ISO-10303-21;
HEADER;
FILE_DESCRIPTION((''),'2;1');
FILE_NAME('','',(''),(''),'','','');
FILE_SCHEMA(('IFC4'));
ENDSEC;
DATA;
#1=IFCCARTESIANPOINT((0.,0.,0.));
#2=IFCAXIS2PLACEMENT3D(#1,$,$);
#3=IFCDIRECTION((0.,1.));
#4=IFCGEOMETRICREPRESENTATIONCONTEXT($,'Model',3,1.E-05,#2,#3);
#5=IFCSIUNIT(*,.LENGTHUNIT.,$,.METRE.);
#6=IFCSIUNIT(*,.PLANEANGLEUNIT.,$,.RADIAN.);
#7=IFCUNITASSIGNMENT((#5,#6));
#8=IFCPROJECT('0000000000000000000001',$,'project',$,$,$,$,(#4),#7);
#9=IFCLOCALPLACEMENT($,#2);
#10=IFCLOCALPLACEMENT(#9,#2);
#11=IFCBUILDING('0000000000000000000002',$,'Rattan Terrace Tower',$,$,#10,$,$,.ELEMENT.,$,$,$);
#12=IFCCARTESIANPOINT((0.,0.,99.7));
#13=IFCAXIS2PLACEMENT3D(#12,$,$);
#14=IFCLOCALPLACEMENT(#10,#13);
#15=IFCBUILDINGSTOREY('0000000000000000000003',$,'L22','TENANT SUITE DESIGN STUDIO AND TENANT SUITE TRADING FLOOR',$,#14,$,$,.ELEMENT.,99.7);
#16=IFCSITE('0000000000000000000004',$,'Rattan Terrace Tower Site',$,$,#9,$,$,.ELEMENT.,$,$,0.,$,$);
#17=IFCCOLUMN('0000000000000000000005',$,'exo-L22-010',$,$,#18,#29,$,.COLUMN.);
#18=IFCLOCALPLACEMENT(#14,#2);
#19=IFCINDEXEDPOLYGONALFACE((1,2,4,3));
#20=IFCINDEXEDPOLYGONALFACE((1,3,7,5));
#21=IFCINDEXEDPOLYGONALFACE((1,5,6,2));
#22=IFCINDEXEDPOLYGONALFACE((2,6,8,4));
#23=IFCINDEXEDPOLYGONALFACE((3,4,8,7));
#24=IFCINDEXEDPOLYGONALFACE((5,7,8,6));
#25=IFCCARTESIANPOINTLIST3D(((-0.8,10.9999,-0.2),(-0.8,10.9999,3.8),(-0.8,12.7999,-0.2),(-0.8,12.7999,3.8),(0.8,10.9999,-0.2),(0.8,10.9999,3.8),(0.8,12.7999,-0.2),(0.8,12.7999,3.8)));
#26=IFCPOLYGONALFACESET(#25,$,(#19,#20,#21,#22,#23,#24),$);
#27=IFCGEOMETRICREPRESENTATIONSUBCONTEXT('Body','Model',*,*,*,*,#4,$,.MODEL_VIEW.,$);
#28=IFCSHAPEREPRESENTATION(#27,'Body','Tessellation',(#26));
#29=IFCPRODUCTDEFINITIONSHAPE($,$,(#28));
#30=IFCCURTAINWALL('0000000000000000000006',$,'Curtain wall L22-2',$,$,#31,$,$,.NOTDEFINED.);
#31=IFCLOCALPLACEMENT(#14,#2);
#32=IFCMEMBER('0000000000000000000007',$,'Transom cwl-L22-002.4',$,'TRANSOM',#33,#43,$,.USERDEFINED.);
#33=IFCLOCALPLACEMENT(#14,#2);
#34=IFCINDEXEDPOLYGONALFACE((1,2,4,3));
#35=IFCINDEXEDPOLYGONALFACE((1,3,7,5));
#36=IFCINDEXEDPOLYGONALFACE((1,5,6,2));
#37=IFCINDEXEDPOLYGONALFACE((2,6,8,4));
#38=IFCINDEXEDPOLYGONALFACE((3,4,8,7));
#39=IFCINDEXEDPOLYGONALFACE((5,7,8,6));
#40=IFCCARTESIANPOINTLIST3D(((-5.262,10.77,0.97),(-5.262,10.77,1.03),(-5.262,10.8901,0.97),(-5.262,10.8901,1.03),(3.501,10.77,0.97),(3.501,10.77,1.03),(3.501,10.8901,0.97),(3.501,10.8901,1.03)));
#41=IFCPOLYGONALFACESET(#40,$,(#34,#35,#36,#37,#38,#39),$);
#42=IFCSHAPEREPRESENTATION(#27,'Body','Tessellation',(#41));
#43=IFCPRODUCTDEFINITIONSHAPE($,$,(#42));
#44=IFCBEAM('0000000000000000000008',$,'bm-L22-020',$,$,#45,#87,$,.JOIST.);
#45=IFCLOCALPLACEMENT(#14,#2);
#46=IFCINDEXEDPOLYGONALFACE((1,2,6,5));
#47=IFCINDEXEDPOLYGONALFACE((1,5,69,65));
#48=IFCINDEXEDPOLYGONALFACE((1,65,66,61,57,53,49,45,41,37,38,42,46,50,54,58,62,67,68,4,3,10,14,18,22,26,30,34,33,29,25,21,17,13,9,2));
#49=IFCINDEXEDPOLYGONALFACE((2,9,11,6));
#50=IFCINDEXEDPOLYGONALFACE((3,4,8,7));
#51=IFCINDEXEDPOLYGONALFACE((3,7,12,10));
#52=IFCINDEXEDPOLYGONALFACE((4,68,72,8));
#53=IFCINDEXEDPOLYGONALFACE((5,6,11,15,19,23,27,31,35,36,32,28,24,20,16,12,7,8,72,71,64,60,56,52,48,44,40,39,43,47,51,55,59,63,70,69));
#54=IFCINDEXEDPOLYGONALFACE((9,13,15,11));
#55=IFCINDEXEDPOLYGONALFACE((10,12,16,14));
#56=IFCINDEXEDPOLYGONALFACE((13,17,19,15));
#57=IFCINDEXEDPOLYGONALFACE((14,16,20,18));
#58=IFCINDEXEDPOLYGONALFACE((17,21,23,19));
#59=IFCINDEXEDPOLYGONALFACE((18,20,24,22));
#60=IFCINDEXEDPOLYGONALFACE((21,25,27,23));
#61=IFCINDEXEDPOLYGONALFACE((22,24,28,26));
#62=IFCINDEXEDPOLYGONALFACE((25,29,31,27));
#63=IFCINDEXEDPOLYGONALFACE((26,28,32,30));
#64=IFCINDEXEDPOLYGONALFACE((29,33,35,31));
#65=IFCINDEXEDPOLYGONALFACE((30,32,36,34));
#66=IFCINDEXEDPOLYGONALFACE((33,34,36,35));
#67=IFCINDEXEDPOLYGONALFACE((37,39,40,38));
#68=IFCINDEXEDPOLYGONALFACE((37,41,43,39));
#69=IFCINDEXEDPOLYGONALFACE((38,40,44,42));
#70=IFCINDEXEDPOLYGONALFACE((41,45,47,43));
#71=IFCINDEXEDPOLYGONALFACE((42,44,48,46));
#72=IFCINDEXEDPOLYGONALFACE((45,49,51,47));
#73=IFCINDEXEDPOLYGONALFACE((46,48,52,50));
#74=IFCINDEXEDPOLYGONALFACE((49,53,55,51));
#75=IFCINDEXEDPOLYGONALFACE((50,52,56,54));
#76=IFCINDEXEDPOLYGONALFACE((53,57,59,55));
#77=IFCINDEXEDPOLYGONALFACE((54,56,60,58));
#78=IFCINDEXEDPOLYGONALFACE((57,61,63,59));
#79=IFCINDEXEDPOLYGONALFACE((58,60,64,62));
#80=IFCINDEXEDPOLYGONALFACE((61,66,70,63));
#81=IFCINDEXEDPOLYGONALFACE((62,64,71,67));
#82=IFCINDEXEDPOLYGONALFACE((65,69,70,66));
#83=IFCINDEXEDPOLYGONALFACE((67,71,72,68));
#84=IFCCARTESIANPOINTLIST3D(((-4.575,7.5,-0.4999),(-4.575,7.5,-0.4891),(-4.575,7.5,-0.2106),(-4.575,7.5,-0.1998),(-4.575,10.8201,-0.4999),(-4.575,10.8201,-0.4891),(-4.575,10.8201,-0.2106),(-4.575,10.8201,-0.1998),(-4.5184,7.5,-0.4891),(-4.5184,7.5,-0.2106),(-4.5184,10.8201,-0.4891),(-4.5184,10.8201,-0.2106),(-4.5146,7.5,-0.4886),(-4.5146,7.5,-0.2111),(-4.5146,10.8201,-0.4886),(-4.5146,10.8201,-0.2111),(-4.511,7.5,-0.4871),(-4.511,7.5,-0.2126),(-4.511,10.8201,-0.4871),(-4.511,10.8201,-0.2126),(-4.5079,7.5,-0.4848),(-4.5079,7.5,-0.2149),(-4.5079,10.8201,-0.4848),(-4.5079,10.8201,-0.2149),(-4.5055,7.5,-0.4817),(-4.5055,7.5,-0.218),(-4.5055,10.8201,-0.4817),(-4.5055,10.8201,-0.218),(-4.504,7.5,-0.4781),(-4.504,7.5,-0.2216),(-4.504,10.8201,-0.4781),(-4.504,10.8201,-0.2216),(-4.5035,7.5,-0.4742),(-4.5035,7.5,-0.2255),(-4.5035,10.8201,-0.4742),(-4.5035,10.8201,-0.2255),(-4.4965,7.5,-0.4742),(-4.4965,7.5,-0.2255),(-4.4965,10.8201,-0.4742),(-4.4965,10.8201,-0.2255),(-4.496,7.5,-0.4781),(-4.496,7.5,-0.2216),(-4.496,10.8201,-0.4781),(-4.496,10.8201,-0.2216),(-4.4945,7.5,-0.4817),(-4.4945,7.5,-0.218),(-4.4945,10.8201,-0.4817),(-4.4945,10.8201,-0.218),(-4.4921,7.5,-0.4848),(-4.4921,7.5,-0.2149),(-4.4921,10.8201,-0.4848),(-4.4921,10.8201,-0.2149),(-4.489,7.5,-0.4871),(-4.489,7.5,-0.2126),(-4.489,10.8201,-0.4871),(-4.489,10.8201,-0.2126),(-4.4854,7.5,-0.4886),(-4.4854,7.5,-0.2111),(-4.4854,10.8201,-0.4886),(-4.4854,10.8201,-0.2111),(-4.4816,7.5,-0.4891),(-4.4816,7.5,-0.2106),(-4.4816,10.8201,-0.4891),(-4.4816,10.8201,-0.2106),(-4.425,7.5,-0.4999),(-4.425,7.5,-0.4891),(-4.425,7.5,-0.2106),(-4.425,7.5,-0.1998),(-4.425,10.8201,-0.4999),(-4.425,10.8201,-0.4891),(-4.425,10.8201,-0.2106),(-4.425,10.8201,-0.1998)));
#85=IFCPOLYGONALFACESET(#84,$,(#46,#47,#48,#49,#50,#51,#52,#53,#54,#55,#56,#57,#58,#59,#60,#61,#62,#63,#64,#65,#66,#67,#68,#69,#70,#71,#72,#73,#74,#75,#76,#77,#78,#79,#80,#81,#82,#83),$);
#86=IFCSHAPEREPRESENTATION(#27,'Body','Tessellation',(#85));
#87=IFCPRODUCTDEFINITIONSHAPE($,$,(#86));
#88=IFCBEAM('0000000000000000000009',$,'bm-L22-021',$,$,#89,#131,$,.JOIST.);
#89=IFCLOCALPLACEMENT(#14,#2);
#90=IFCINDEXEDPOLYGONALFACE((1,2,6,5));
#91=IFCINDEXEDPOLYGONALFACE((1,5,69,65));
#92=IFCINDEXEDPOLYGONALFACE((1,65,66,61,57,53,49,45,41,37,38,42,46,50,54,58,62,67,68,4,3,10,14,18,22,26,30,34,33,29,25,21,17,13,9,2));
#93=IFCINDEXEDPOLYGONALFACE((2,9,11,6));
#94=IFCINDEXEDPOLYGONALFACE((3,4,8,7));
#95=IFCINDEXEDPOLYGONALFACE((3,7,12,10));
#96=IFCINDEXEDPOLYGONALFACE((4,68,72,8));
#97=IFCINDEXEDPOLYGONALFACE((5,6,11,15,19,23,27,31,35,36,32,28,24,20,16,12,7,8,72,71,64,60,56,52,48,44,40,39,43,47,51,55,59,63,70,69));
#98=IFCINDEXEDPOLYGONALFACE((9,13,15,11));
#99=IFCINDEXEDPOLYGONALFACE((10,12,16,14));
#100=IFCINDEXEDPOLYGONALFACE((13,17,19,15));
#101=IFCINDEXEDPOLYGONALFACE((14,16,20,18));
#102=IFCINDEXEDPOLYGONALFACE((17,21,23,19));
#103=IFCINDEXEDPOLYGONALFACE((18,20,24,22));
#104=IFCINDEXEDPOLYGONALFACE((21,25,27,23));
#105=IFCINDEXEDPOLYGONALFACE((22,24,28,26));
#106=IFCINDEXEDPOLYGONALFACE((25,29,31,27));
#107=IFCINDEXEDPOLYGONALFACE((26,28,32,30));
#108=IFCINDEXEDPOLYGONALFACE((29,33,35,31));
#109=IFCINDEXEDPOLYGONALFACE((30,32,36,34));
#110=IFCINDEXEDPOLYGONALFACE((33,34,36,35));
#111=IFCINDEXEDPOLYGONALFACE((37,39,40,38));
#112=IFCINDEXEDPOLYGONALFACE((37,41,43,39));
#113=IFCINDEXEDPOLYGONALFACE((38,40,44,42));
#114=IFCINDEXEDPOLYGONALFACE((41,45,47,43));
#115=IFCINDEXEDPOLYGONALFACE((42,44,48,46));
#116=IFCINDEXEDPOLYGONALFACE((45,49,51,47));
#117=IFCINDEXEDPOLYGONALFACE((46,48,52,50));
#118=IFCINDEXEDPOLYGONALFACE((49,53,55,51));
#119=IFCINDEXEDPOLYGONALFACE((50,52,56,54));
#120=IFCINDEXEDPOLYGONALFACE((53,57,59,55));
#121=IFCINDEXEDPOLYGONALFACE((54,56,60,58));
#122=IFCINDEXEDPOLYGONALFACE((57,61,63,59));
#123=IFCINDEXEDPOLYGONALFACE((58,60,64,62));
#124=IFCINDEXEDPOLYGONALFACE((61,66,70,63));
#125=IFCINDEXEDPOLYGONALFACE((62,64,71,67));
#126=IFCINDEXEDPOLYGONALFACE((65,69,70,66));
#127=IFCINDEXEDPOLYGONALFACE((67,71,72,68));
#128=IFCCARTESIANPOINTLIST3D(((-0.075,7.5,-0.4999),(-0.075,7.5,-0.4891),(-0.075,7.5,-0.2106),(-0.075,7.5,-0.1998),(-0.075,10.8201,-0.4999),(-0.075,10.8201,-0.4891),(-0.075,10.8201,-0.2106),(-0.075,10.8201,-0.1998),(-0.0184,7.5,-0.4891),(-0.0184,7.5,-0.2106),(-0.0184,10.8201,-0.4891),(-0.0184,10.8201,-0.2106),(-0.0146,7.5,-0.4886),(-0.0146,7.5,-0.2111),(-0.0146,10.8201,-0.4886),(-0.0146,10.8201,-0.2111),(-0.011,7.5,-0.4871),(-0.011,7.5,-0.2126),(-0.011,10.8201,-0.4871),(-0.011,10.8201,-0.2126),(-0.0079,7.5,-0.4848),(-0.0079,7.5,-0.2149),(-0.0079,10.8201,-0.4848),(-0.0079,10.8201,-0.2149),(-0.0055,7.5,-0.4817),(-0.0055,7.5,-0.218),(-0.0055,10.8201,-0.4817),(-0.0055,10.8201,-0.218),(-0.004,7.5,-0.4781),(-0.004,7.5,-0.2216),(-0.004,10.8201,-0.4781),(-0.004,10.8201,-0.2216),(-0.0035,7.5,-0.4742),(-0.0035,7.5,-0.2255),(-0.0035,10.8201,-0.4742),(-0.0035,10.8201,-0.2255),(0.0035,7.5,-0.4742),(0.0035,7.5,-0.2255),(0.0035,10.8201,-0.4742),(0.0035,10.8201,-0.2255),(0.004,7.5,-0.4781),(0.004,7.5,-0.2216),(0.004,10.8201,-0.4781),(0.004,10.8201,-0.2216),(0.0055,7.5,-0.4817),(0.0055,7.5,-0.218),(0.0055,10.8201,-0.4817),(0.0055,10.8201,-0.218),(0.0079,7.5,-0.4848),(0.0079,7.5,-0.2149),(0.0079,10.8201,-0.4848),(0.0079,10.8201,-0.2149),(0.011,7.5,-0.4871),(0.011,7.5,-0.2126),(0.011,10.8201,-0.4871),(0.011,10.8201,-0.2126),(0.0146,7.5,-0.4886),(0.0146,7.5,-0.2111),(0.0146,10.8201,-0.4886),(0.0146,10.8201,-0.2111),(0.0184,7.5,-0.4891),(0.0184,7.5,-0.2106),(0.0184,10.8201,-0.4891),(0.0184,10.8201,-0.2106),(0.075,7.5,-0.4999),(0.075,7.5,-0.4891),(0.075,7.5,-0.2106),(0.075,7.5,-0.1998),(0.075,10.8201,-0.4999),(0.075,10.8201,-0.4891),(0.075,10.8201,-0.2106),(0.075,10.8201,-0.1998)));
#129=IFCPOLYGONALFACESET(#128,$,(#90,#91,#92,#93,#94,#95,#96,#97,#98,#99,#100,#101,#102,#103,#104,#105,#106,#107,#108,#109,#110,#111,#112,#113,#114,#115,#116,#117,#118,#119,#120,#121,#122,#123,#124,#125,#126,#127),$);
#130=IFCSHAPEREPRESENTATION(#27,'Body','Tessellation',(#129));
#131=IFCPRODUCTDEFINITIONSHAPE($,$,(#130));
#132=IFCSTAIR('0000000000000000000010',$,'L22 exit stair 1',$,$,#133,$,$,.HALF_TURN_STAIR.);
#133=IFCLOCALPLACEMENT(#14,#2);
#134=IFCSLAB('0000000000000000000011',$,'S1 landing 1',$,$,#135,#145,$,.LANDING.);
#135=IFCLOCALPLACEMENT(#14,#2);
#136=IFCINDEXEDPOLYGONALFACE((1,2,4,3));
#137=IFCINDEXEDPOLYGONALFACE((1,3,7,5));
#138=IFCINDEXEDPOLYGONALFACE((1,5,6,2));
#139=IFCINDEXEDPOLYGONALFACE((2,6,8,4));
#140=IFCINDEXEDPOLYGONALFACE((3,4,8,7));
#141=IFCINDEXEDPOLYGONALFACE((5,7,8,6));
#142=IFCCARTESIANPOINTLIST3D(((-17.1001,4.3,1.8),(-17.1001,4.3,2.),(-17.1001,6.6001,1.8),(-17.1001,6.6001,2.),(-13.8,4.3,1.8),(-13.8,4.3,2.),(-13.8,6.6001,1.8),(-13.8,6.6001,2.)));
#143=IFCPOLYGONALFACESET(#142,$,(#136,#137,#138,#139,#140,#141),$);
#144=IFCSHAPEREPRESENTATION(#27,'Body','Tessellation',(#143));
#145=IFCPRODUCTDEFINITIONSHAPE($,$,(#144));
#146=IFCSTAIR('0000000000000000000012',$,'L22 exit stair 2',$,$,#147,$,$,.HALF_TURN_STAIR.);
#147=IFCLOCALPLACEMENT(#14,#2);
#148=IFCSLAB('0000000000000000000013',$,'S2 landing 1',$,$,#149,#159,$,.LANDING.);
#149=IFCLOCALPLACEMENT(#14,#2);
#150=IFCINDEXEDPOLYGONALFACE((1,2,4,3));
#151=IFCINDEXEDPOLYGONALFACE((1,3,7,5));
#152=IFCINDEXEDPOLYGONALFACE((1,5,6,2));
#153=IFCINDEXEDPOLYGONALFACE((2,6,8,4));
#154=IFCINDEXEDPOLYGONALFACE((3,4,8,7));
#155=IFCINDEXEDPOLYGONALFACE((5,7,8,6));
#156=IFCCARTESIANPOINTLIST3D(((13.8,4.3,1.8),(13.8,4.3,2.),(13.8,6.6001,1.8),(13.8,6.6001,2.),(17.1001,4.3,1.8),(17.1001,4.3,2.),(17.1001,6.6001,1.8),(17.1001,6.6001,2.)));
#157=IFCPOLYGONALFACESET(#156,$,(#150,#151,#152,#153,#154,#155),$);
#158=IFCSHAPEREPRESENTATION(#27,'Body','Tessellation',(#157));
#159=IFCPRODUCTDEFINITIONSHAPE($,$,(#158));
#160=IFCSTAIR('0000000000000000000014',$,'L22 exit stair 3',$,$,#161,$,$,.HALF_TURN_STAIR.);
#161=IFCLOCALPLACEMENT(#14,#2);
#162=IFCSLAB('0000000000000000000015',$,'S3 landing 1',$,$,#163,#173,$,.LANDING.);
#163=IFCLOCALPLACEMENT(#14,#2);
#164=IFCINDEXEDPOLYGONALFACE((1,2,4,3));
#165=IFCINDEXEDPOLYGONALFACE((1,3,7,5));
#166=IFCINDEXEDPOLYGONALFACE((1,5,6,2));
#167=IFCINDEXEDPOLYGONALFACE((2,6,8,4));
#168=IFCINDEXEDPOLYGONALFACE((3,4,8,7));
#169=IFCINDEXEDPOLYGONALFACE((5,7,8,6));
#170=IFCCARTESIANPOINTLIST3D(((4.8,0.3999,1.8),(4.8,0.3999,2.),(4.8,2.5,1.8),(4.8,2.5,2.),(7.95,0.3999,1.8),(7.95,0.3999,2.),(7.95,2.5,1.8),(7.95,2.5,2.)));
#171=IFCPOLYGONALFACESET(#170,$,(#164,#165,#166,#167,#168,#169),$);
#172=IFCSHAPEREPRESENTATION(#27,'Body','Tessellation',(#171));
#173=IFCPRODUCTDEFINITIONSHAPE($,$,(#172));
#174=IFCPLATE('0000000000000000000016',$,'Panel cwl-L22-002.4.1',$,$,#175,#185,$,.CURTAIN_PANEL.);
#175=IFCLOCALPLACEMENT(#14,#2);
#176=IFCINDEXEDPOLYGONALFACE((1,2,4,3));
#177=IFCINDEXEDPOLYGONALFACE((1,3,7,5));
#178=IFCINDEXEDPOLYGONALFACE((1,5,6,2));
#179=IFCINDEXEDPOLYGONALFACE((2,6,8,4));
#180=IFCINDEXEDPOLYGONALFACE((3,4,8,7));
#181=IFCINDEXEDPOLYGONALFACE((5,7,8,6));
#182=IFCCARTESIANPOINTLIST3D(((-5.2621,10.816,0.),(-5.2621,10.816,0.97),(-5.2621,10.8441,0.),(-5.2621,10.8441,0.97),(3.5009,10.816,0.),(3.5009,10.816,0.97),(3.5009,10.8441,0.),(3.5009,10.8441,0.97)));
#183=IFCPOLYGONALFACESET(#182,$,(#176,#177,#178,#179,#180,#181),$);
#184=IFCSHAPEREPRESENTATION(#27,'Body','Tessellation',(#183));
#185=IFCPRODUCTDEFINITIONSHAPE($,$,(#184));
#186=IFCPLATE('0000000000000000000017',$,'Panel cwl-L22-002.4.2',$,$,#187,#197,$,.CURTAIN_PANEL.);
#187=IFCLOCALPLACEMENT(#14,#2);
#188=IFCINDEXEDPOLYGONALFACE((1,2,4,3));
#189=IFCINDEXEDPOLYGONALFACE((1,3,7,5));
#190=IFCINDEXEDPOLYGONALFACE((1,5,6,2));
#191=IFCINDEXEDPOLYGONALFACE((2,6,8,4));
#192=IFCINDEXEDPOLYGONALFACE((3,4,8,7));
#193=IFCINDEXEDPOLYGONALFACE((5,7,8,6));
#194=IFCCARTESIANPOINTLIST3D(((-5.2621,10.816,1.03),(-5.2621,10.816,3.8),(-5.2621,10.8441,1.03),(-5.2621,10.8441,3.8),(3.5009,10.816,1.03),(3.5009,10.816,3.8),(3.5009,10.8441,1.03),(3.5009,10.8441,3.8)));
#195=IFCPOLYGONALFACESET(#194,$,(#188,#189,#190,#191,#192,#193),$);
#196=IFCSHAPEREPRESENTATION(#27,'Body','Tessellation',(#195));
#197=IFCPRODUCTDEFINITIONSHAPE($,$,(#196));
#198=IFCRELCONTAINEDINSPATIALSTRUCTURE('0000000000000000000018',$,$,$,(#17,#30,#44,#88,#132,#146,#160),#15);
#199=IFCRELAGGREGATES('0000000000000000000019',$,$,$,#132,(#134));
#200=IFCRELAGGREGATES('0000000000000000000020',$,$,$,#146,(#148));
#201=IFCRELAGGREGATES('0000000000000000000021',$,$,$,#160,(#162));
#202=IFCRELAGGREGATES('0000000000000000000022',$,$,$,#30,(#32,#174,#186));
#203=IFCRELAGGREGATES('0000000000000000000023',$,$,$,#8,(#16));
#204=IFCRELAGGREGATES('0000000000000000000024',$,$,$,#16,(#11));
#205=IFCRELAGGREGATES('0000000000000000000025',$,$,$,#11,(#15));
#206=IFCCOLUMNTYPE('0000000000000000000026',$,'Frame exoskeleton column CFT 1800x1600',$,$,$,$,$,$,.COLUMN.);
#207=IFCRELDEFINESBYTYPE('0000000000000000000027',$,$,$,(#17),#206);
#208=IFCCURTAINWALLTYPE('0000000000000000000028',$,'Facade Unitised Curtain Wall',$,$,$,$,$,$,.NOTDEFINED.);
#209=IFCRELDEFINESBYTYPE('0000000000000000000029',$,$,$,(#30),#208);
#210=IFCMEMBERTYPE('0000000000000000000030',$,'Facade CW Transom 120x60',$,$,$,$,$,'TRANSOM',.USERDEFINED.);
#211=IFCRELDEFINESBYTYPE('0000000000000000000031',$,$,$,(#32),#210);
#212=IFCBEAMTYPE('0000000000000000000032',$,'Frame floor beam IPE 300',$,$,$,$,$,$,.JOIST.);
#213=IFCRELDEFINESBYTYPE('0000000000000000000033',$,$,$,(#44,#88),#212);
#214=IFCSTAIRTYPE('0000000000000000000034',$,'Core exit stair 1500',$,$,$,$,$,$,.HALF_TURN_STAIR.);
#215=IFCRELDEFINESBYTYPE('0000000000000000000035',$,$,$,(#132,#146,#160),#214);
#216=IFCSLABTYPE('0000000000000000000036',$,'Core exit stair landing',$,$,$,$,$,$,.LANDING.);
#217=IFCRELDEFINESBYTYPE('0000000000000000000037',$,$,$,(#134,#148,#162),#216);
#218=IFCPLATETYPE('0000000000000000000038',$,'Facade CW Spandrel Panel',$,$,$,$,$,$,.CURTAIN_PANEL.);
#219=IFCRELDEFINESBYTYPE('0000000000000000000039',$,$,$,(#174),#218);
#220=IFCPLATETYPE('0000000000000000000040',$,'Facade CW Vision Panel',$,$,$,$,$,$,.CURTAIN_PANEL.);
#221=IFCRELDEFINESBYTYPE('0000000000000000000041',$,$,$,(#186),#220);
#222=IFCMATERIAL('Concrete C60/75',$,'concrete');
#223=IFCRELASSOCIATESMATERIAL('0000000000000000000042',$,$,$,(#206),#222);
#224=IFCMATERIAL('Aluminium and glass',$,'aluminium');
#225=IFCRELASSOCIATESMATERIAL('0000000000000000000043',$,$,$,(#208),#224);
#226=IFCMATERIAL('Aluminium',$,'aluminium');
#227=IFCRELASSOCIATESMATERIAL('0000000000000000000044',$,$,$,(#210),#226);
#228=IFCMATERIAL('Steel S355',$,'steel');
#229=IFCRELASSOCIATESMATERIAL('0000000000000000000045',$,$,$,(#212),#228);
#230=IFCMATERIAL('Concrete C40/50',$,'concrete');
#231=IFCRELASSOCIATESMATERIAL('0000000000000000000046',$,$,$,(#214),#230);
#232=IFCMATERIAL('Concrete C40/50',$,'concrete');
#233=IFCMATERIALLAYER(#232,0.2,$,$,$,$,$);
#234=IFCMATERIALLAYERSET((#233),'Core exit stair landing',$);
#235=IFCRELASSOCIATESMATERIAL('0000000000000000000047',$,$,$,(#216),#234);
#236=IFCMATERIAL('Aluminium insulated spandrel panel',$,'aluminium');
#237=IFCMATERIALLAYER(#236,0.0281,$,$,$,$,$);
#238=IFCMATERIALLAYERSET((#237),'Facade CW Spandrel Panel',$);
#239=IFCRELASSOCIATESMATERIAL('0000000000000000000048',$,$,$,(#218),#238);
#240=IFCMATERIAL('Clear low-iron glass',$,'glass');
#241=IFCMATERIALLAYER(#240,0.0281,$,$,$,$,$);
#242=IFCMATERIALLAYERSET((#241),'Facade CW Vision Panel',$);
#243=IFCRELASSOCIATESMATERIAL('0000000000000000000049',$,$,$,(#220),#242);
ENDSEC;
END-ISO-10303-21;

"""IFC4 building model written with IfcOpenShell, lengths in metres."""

from ifc_helpers import new_model, si_unit, direction, frame, origin, origin_2d, place, context, subcontext, project, spatial, polyline, rectangle, i_section, outline, extrude, material, layer, layer_set, material_profile, profile_set, type_object, element, aggregate, save


model = new_model("IFC4")

# Units and contexts
model_context = context("Model", 3, precision=1e-05, world=origin(), true_north=direction((0.0, 1.0)))
body_context = subcontext(model_context, "Body", "Model", "MODEL_VIEW")
ifc_project = project(units=[si_unit("LENGTHUNIT", "METRE"), si_unit("PLANEANGLEUNIT", "RADIAN")], contexts=[model_context])

# Site, building, storey
site_placement = place(None, origin())
site = spatial("IfcSite", under=ifc_project, at=site_placement, Name="Rattan Terrace Tower Site", CompositionType="ELEMENT", RefElevation=0.0)
building_placement = place(site_placement, origin())
building = spatial("IfcBuilding", under=site, at=building_placement, Name="Rattan Terrace Tower", CompositionType="ELEMENT")
storey_placement = place(building_placement, frame((0.0, 0.0, 99.7)))
storey = spatial("IfcBuildingStorey", under=building, at=storey_placement, Name="L22", Description="TENANT SUITE DESIGN STUDIO AND TENANT SUITE TRADING FLOOR", CompositionType="ELEMENT", Elevation=99.7)

# Column
ifc_material_1 = material(Name="Concrete C60/75", Category="concrete")
ifc_material_profile_1 = material_profile(ifc_material_1, rectangle(XDim=1.6001, YDim=1.8, at=origin_2d()), Name="CFT 1800x1600")
ifc_profile_set_1 = profile_set([ifc_material_profile_1], Name="Concrete C60/75")
column_type = type_object("IfcColumnType", Name="Frame exoskeleton column CFT 1800x1600", PredefinedType="COLUMN", material=ifc_profile_set_1)
column_placement = place(storey_placement, frame((0.0, 11.8999, -0.2), z_axis=(0.0, 0.0, 1.0), x_axis=(1.0, 0.0, 0.0)))
element("IfcColumn", 1, at=column_placement, inside=storey, type_object=column_type, Name="exo-L22-010", PredefinedType="COLUMN", context=body_context, shape_type="SweptSolid", body=[
    extrude(rectangle(XDim=1.6001, YDim=1.8, at=origin_2d()), origin(), (0.0, 0.0, 1.0), 4.0),
])

# Curtain wall, member
ifc_material_2 = material(Name="Aluminium and glass", Category="aluminium")
curtain_wall_type = type_object("IfcCurtainWallType", Name="Facade Unitised Curtain Wall", PredefinedType="NOTDEFINED", material=ifc_material_2)
curtain_wall_placement = place(storey_placement, origin())
curtain_wall = element("IfcCurtainWall", 2, at=curtain_wall_placement, inside=storey, type_object=curtain_wall_type, Name="Curtain wall L22-2", PredefinedType="NOTDEFINED")
ifc_material_3 = material(Name="Aluminium", Category="aluminium")
ifc_material_profile_2 = material_profile(ifc_material_3, rectangle(XDim=0.1201, YDim=0.0601, at=origin_2d()), Name="Aluminium 120x60")
ifc_profile_set_2 = profile_set([ifc_material_profile_2], Name="Aluminium")
member_type = type_object("IfcMemberType", Name="Facade CW Transom 120x60", ElementType="TRANSOM", PredefinedType="USERDEFINED", material=ifc_profile_set_2)
member_placement = place(storey_placement, frame((3.501, 10.8301, 1.0), z_axis=(-1.0, 0.0, 0.0), x_axis=(0.0, -1.0, 0.0)))
member = element("IfcMember", 3, at=member_placement, type_object=member_type, Name="Transom cwl-L22-002.4", ObjectType="TRANSOM", PredefinedType="USERDEFINED", context=body_context, shape_type="SweptSolid", body=[
    extrude(rectangle(XDim=0.1201, YDim=0.0601, at=origin_2d()), origin(), (0.0, 0.0, 1.0), 8.7629),
])

# Beams
ifc_material_4 = material(Name="Steel S355", Category="steel")
ifc_material_profile_3 = material_profile(ifc_material_4, i_section(OverallWidth=0.1499, OverallDepth=0.3, WebThickness=0.0071, FlangeThickness=0.0107, FilletRadius=0.0149, at=origin_2d()), Name="IPE 300")
ifc_profile_set_3 = profile_set([ifc_material_profile_3], Name="Steel S355")
beam_type = type_object("IfcBeamType", Name="Frame floor beam IPE 300", PredefinedType="JOIST", material=ifc_profile_set_3)
for number, where, z_axis, x_axis, name in (
    (4, (-4.5, 7.5, -0.3499), (0.0, 1.0, 0.0), (-1.0, 0.0, 0.0), "bm-L22-020"),
    (5, (0.0, 7.5, -0.3499), (0.0, 1.0, 0.0), (-1.0, 0.0, 0.0), "bm-L22-021"),
):
    element("IfcBeam", number, at=place(storey_placement, frame(where, z_axis=z_axis, x_axis=x_axis)), inside=storey, type_object=beam_type, Name=name, PredefinedType="JOIST", context=body_context, shape_type="SweptSolid", body=[
        extrude(i_section(OverallWidth=0.1499, OverallDepth=0.3, WebThickness=0.0071, FlangeThickness=0.0107, FilletRadius=0.0149, at=origin_2d()), origin(), (0.0, 0.0, 1.0), 3.3201),
    ])

# Stairs, slabs
ifc_material_5 = material(Name="Concrete C40/50", Category="concrete")
stair_type = type_object("IfcStairType", Name="Core exit stair 1500", PredefinedType="HALF_TURN_STAIR", material=ifc_material_5)
stair_1_placement = place(storey_placement, origin())
stair_1 = element("IfcStair", 6, at=stair_1_placement, inside=storey, type_object=stair_type, Name="L22 exit stair 1", PredefinedType="HALF_TURN_STAIR")
ifc_material_6 = material(Name="Concrete C40/50", Category="concrete")
ifc_layer_1 = layer(ifc_material_6, 0.2)
ifc_layer_set_1 = layer_set([ifc_layer_1], Name="Core exit stair landing")
slab_type_1 = type_object("IfcSlabType", Name="Core exit stair landing", PredefinedType="LANDING", material=ifc_layer_set_1)
slab_1_placement = place(storey_placement, frame((0.0, 0.0, 1.8)))
slab_1 = element("IfcSlab", 7, at=slab_1_placement, type_object=slab_type_1, Name="S1 landing 1", PredefinedType="LANDING", context=body_context, shape_type="SweptSolid", body=[
    extrude(outline(polyline([(-13.8, 4.3), (-13.8, 6.6001), (-17.1001, 6.6001), (-17.1001, 4.3), (-13.8, 4.3)])), origin(), (0.0, 0.0, 1.0), 0.2),
])
aggregate(stair_1, [slab_1])
stair_2_placement = place(storey_placement, origin())
stair_2 = element("IfcStair", 8, at=stair_2_placement, inside=storey, type_object=stair_type, Name="L22 exit stair 2", PredefinedType="HALF_TURN_STAIR")
slab_2_placement = place(storey_placement, frame((0.0, 0.0, 1.8)))
slab_2 = element("IfcSlab", 9, at=slab_2_placement, type_object=slab_type_1, Name="S2 landing 1", PredefinedType="LANDING", context=body_context, shape_type="SweptSolid", body=[
    extrude(outline(polyline([(17.1001, 4.3), (17.1001, 6.6001), (13.8, 6.6001), (13.8, 4.3), (17.1001, 4.3)])), origin(), (0.0, 0.0, 1.0), 0.2),
])
aggregate(stair_2, [slab_2])
stair_3_placement = place(storey_placement, origin())
stair_3 = element("IfcStair", 10, at=stair_3_placement, inside=storey, type_object=stair_type, Name="L22 exit stair 3", PredefinedType="HALF_TURN_STAIR")
slab_3_placement = place(storey_placement, frame((0.0, 0.0, 1.8)))
slab_3 = element("IfcSlab", 11, at=slab_3_placement, type_object=slab_type_1, Name="S3 landing 1", PredefinedType="LANDING", context=body_context, shape_type="SweptSolid", body=[
    extrude(outline(polyline([(4.8, 2.5), (4.8, 0.3999), (7.95, 0.3999), (7.95, 2.5), (4.8, 2.5)])), origin(), (0.0, 0.0, 1.0), 0.2),
])
aggregate(stair_3, [slab_3])

# Plates
ifc_material_7 = material(Name="Aluminium insulated spandrel panel", Category="aluminium")
ifc_layer_2 = layer(ifc_material_7, 0.0281)
ifc_layer_set_2 = layer_set([ifc_layer_2], Name="Facade CW Spandrel Panel")
plate_type_1 = type_object("IfcPlateType", Name="Facade CW Spandrel Panel", PredefinedType="CURTAIN_PANEL", material=ifc_layer_set_2)
plate_1_placement = place(storey_placement, frame((-0.8806, 10.8301, 0.0), z_axis=(0.0, 0.0, 1.0), x_axis=(-1.0, 0.0, 0.0)))
plate_1 = element("IfcPlate", 12, at=plate_1_placement, type_object=plate_type_1, Name="Panel cwl-L22-002.4.1", PredefinedType="CURTAIN_PANEL", context=body_context, shape_type="SweptSolid", body=[
    extrude(rectangle(XDim=8.7629, YDim=0.0281, at=origin_2d()), origin(), (0.0, 0.0, 1.0), 0.97),
])
ifc_material_8 = material(Name="Clear low-iron glass", Category="glass")
ifc_layer_3 = layer(ifc_material_8, 0.0281)
ifc_layer_set_3 = layer_set([ifc_layer_3], Name="Facade CW Vision Panel")
plate_type_2 = type_object("IfcPlateType", Name="Facade CW Vision Panel", PredefinedType="CURTAIN_PANEL", material=ifc_layer_set_3)
plate_2_placement = place(storey_placement, frame((-0.8806, 10.8301, 1.03), z_axis=(0.0, 0.0, 1.0), x_axis=(-1.0, 0.0, 0.0)))
plate_2 = element("IfcPlate", 13, at=plate_2_placement, type_object=plate_type_2, Name="Panel cwl-L22-002.4.2", PredefinedType="CURTAIN_PANEL", context=body_context, shape_type="SweptSolid", body=[
    extrude(rectangle(XDim=8.7629, YDim=0.0281, at=origin_2d()), origin(), (0.0, 0.0, 1.0), 2.77),
])
aggregate(curtain_wall, [member, plate_1, plate_2])

save(model, "model.ifc")
